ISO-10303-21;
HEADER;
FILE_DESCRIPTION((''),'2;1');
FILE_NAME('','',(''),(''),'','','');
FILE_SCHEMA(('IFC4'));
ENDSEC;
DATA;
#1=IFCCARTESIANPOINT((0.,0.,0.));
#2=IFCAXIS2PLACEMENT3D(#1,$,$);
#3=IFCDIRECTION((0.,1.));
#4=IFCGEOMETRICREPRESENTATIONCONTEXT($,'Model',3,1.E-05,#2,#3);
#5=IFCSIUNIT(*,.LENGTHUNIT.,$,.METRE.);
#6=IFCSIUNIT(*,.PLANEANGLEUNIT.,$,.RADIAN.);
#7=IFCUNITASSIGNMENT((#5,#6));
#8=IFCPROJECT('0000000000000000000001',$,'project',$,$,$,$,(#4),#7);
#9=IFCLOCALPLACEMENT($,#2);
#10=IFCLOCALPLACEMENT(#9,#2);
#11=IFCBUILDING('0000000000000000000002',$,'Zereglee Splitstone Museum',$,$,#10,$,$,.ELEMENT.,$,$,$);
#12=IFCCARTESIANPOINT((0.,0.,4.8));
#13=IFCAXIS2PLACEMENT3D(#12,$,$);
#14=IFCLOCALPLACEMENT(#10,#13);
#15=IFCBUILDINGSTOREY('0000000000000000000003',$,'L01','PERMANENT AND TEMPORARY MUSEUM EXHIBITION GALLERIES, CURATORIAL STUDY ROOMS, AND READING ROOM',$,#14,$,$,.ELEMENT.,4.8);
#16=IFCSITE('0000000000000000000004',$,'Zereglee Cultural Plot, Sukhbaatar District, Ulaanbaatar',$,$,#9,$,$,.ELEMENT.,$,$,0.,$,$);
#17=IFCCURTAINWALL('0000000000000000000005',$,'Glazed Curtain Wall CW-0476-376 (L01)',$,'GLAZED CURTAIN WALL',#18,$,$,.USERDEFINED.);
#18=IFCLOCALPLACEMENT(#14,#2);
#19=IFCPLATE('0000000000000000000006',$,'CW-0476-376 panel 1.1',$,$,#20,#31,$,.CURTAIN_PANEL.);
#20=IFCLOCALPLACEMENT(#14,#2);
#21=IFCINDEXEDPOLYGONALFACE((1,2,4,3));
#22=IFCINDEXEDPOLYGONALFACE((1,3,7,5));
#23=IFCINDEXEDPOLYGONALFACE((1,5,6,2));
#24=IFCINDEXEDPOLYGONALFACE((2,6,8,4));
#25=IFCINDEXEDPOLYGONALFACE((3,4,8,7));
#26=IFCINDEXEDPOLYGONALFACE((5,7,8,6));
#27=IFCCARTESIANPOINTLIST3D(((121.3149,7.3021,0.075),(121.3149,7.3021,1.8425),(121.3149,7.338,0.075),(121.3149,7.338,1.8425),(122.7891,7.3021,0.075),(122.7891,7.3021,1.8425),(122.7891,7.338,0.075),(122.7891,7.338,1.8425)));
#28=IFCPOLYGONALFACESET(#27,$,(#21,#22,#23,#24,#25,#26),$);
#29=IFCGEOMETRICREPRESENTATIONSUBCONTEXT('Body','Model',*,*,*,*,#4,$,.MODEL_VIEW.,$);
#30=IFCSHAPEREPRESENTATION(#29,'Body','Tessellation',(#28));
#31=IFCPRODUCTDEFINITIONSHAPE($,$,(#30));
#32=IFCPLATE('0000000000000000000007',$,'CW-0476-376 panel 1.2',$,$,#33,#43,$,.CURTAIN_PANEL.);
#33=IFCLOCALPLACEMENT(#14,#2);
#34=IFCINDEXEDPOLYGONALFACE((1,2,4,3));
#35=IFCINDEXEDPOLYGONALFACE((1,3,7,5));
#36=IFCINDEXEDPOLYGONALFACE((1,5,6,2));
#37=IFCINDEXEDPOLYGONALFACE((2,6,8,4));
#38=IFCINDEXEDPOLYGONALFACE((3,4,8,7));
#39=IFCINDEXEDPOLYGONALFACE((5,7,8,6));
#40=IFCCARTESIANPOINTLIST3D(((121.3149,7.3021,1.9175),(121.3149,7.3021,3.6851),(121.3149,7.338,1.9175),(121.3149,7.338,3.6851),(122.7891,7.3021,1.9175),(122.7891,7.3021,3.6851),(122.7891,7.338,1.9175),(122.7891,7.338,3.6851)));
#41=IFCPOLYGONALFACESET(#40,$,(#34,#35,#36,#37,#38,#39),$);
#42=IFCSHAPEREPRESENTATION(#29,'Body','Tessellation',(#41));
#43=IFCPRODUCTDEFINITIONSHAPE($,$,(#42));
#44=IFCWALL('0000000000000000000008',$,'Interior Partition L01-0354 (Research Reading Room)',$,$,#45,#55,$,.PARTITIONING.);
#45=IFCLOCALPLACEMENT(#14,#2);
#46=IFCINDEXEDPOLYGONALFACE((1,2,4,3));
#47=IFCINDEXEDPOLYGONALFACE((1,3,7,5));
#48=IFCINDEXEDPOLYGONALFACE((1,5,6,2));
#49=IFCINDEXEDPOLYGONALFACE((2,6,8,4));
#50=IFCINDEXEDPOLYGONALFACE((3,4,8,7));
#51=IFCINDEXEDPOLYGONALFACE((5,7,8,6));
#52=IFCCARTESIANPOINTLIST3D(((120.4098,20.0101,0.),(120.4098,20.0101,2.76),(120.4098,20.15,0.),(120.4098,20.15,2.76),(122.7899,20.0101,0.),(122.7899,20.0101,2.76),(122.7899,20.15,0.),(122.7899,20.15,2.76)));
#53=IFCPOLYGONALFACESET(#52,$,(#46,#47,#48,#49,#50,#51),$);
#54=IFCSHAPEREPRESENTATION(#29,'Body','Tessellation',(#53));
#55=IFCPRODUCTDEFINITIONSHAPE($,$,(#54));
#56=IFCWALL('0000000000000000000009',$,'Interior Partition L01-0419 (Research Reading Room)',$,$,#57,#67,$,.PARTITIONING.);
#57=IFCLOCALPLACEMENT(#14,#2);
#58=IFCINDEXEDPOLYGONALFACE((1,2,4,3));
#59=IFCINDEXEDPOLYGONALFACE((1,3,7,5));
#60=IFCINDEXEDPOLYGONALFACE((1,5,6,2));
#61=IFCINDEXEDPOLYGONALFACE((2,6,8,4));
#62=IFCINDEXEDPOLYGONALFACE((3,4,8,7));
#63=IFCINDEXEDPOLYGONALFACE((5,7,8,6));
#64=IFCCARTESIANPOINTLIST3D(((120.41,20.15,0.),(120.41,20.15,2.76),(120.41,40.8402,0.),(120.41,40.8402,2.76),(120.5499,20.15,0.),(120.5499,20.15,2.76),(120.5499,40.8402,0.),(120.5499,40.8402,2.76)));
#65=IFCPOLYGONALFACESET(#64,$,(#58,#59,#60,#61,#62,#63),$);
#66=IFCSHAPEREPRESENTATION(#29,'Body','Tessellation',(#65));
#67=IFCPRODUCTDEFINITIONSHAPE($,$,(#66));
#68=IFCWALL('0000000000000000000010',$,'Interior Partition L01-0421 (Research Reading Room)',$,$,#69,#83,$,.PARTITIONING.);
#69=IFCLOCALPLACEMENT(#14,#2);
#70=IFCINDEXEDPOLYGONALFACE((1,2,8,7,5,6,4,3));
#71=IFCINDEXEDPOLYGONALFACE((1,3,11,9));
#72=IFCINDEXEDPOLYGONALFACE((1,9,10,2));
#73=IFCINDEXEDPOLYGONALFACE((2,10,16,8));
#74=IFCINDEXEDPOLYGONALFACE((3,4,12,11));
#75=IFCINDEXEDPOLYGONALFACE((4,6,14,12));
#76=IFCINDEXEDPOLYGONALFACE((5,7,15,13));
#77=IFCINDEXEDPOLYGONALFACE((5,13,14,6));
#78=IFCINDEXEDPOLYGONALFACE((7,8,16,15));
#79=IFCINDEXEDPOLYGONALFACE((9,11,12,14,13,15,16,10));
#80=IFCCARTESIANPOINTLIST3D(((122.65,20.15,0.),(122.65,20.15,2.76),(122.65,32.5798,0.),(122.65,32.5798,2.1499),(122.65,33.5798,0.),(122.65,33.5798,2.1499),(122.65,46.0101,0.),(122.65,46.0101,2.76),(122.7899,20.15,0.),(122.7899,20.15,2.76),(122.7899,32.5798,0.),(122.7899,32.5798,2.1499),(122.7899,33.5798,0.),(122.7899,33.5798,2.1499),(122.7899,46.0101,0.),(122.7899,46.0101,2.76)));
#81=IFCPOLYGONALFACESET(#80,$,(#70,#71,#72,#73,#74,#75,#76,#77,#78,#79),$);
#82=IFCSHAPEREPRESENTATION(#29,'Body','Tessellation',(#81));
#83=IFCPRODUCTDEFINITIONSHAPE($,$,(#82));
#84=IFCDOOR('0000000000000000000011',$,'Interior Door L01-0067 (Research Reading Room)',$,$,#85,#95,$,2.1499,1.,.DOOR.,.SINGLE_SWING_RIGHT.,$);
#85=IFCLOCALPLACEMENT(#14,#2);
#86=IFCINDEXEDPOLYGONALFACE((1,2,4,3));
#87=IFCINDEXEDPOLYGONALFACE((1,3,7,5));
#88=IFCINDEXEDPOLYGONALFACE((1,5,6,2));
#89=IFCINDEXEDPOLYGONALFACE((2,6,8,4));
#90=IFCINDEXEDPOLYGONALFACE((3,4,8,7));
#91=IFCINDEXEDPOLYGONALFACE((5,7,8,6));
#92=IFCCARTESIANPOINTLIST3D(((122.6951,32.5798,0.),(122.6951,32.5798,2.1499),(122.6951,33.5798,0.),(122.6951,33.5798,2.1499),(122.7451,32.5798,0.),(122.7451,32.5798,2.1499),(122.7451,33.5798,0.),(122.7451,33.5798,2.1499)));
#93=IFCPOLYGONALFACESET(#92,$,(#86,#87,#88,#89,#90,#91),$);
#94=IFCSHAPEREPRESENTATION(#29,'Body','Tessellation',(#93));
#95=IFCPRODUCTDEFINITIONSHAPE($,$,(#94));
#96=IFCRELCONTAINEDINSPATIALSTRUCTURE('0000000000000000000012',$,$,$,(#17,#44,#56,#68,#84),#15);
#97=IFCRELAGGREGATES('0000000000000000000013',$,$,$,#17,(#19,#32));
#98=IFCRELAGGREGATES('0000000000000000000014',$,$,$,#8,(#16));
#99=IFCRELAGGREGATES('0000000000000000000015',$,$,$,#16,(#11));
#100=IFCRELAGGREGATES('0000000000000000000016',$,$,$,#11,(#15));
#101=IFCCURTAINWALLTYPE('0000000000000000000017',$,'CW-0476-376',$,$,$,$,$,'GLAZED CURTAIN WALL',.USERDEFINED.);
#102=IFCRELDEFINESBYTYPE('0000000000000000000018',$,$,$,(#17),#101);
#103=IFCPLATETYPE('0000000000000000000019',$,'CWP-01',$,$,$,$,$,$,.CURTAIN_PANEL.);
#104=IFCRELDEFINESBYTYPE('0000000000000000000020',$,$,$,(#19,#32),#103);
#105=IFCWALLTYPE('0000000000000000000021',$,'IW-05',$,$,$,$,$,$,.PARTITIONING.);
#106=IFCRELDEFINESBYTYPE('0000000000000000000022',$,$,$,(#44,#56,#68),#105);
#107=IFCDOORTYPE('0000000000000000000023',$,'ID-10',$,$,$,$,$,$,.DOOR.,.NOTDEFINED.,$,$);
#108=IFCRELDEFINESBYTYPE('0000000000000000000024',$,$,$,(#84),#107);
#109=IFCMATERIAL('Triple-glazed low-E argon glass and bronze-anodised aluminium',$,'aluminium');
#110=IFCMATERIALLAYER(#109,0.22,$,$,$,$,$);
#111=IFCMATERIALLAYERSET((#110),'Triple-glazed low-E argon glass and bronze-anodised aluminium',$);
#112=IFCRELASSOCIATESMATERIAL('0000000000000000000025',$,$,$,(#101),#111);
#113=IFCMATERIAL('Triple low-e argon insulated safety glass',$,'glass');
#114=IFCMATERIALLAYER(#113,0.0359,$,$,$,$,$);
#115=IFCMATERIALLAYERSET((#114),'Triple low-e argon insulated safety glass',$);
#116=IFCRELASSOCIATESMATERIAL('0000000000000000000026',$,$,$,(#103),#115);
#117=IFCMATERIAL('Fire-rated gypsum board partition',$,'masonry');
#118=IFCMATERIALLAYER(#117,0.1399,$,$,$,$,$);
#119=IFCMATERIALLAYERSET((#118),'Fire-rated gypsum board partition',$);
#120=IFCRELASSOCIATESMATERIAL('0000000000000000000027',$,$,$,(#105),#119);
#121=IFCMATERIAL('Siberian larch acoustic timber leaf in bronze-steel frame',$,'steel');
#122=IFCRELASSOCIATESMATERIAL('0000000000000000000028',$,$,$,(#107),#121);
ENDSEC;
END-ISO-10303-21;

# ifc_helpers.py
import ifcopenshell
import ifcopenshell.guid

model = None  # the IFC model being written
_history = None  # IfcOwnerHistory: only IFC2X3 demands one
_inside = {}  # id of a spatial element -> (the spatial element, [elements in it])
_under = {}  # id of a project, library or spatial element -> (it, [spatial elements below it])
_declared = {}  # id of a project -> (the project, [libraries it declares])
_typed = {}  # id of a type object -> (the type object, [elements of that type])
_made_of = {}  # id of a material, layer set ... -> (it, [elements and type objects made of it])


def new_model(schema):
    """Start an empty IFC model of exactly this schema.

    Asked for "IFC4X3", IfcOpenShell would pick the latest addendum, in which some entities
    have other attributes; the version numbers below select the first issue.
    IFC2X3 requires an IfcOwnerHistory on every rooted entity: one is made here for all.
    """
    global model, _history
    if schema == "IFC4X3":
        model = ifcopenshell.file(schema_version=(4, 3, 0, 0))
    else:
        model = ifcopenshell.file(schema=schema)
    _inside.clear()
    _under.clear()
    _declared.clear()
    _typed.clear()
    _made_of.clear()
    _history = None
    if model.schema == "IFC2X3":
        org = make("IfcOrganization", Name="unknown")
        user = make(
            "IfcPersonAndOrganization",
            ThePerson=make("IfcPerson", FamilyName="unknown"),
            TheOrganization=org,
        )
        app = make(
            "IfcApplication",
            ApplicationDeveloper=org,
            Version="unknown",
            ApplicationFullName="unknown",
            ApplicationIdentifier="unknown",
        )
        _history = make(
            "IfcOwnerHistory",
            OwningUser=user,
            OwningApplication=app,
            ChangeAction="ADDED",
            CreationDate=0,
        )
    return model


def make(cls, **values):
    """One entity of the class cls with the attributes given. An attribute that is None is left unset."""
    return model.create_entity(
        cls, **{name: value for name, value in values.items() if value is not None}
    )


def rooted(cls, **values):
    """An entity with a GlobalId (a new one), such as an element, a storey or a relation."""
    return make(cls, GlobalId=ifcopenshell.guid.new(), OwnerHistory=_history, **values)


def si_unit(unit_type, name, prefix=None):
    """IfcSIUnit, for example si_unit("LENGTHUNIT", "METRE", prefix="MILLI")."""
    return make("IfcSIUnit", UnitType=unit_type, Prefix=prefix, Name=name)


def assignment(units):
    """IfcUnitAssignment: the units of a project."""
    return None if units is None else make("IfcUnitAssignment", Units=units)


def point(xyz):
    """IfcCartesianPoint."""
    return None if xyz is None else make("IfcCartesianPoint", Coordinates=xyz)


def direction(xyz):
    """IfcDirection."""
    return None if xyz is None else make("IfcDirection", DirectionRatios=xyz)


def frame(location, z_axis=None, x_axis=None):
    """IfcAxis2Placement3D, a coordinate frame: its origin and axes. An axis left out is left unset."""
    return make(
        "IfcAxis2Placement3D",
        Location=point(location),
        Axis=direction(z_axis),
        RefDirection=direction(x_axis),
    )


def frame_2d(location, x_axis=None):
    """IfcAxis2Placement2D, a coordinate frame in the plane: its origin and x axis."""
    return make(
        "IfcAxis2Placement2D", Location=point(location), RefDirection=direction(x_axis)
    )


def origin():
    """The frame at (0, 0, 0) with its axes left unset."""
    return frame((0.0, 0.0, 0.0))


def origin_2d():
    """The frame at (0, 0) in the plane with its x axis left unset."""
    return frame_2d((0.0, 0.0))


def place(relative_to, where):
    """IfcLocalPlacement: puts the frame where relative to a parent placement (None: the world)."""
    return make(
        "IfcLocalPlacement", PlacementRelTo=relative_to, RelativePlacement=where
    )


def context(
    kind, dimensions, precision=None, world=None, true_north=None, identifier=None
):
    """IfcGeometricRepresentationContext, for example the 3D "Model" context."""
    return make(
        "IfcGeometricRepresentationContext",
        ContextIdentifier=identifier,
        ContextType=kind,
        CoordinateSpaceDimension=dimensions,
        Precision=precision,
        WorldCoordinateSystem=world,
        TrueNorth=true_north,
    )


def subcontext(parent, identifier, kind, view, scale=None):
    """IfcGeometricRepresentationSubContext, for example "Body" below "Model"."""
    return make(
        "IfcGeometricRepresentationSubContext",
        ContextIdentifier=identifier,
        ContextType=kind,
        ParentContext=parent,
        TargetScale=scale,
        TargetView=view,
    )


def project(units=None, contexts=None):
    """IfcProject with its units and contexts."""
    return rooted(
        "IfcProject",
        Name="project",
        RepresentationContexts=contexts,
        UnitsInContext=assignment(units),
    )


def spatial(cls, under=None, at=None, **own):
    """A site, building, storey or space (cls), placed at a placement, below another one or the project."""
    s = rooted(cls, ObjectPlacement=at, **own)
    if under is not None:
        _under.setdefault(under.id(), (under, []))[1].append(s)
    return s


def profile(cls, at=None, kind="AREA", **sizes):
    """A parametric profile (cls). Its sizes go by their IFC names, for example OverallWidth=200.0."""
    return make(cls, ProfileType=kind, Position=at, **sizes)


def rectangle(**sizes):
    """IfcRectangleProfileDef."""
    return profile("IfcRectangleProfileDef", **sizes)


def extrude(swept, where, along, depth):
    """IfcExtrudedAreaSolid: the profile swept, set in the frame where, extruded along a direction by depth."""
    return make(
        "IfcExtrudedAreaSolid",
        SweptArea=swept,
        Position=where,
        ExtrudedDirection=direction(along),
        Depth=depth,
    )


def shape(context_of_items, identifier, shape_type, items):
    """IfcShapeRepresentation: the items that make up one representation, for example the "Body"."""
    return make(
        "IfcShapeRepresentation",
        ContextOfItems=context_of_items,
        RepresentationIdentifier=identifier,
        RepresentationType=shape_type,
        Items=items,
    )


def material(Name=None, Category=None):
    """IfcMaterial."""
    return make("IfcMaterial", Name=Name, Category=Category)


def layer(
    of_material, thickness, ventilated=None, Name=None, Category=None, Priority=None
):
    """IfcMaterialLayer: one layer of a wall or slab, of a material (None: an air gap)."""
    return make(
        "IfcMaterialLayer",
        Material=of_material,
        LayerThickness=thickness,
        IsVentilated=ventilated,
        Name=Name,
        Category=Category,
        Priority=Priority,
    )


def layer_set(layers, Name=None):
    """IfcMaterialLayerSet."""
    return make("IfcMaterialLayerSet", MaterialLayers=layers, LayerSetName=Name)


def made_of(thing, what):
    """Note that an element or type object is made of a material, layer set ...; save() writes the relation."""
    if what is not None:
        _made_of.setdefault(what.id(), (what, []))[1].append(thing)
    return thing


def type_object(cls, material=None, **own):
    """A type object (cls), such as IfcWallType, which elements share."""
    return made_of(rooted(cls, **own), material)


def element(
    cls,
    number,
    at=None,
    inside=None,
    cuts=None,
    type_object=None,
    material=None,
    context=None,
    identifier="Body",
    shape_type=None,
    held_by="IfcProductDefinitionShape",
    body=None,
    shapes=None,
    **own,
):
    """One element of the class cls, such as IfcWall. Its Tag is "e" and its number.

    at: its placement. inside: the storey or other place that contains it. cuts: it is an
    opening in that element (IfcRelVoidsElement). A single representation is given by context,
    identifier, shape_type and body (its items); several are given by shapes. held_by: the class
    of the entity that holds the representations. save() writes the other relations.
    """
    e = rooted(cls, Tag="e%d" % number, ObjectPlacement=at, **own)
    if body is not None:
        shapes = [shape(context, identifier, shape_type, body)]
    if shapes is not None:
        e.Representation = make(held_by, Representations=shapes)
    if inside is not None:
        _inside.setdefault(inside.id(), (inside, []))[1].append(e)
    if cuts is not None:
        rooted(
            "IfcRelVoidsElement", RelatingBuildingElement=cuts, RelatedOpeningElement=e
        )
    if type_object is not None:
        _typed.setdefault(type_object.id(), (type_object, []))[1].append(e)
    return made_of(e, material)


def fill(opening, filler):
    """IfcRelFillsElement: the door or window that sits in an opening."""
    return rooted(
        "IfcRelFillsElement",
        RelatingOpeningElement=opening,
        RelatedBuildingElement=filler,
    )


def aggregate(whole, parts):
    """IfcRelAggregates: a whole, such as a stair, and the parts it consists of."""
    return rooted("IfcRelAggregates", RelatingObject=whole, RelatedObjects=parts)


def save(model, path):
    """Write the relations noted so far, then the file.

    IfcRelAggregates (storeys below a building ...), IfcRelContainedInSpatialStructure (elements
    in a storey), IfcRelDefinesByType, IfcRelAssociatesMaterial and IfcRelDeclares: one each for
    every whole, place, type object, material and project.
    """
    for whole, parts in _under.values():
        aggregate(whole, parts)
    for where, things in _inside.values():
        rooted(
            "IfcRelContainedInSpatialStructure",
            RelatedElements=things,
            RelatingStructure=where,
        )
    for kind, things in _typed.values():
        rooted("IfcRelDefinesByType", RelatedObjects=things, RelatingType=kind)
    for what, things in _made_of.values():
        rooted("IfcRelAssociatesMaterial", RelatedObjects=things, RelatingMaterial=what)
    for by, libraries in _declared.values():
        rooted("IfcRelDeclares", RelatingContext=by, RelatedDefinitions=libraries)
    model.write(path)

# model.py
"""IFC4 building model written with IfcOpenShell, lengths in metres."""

from ifc_helpers import new_model, si_unit, direction, frame, frame_2d, origin, origin_2d, place, context, subcontext, project, spatial, rectangle, extrude, material, layer, layer_set, type_object, element, fill, aggregate, save


model = new_model("IFC4")

# Units and contexts
model_context = context("Model", 3, precision=1e-05, world=origin(), true_north=direction((0.0, 1.0)))
body_context = subcontext(model_context, "Body", "Model", "MODEL_VIEW")
ifc_project = project(units=[si_unit("LENGTHUNIT", "METRE"), si_unit("PLANEANGLEUNIT", "RADIAN")], contexts=[model_context])

# Site, building, storey
site_placement = place(None, origin())
site = spatial("IfcSite", under=ifc_project, at=site_placement, Name="Zereglee Cultural Plot, Sukhbaatar District, Ulaanbaatar", CompositionType="ELEMENT", RefElevation=0.0)
building_placement = place(site_placement, origin())
building = spatial("IfcBuilding", under=site, at=building_placement, Name="Zereglee Splitstone Museum", CompositionType="ELEMENT")
storey_placement = place(building_placement, frame((0.0, 0.0, 4.8)))
storey = spatial("IfcBuildingStorey", under=building, at=storey_placement, Name="L01", Description="PERMANENT AND TEMPORARY MUSEUM EXHIBITION GALLERIES, CURATORIAL STUDY ROOMS, AND READING ROOM", CompositionType="ELEMENT", Elevation=4.8)

# Shared definitions
ifc_material_1 = material(Name="Triple-glazed low-E argon glass and bronze-anodised aluminium", Category="aluminium")

# Curtain wall
ifc_layer_1 = layer(ifc_material_1, 0.22)
ifc_layer_set_1 = layer_set([ifc_layer_1], Name="Triple-glazed low-E argon glass and bronze-anodised aluminium")
curtain_wall_type_1 = type_object("IfcCurtainWallType", Name="CW-0476-376", ElementType="GLAZED CURTAIN WALL", PredefinedType="USERDEFINED", material=ifc_layer_set_1)
curtain_wall_1_placement = place(storey_placement, origin())
curtain_wall_1 = element("IfcCurtainWall", 1, at=curtain_wall_1_placement, inside=storey, type_object=curtain_wall_type_1, Name="Glazed Curtain Wall CW-0476-376 (L01)", ObjectType="GLAZED CURTAIN WALL", PredefinedType="USERDEFINED")

# Plates
ifc_material_2 = material(Name="Triple low-e argon insulated safety glass", Category="glass")
ifc_layer_2 = layer(ifc_material_2, 0.0359)
ifc_layer_set_2 = layer_set([ifc_layer_2], Name="Triple low-e argon insulated safety glass")
plate_type = type_object("IfcPlateType", Name="CWP-01", PredefinedType="CURTAIN_PANEL", material=ifc_layer_set_2)
plate_1_placement = place(storey_placement, frame((122.052, 7.3201, 0.075), z_axis=(0.0, 0.0, 1.0), x_axis=(1.0, 0.0, 0.0)))
plate_1 = element("IfcPlate", 2, at=plate_1_placement, type_object=plate_type, Name="CW-0476-376 panel 1.1", PredefinedType="CURTAIN_PANEL", context=body_context, shape_type="SweptSolid", body=[
    extrude(rectangle(XDim=1.4741, YDim=0.0359, at=origin_2d()), origin(), (0.0, 0.0, 1.0), 1.7676),
])
plate_2_placement = place(storey_placement, frame((122.052, 7.3201, 1.9175), z_axis=(0.0, 0.0, 1.0), x_axis=(1.0, 0.0, 0.0)))
plate_2 = element("IfcPlate", 3, at=plate_2_placement, type_object=plate_type, Name="CW-0476-376 panel 1.2", PredefinedType="CURTAIN_PANEL", context=body_context, shape_type="SweptSolid", body=[
    extrude(rectangle(XDim=1.4741, YDim=0.0359, at=origin_2d()), origin(), (0.0, 0.0, 1.0), 1.7676),
])
aggregate(curtain_wall_1, [plate_1, plate_2])

# Walls
ifc_material_3 = material(Name="Fire-rated gypsum board partition", Category="masonry")
ifc_layer_3 = layer(ifc_material_3, 0.1399)
ifc_layer_set_3 = layer_set([ifc_layer_3], Name="Fire-rated gypsum board partition")
wall_type = type_object("IfcWallType", Name="IW-05", PredefinedType="PARTITIONING", material=ifc_layer_set_3)
wall_1_placement = place(storey_placement, frame((120.4099, 20.0801, 0.0), z_axis=(0.0, 0.0, 1.0), x_axis=(1.0, 0.0, 0.0)))
element("IfcWall", 4, at=wall_1_placement, inside=storey, type_object=wall_type, Name="Interior Partition L01-0354 (Research Reading Room)", PredefinedType="PARTITIONING", context=body_context, shape_type="SweptSolid", body=[
    extrude(rectangle(XDim=2.3801, YDim=0.1399, at=frame_2d((1.1899, 0.0))), origin(), (0.0, 0.0, 1.0), 2.76),
])
wall_2_placement = place(storey_placement, frame((120.48, 20.1499, 0.0), z_axis=(0.0, 0.0, 1.0), x_axis=(0.0, 1.0, 0.0)))
element("IfcWall", 5, at=wall_2_placement, inside=storey, type_object=wall_type, Name="Interior Partition L01-0419 (Research Reading Room)", PredefinedType="PARTITIONING", context=body_context, shape_type="SweptSolid", body=[
    extrude(rectangle(XDim=20.6902, YDim=0.1399, at=frame_2d((10.3452, 0.0))), origin(), (0.0, 0.0, 1.0), 2.76),
])

# Wall, opening, door
wall_3_placement = place(storey_placement, frame((122.72, 20.1499, 0.0), z_axis=(0.0, 0.0, 1.0), x_axis=(0.0, 1.0, 0.0)))
wall_3 = element("IfcWall", 6, at=wall_3_placement, inside=storey, type_object=wall_type, Name="Interior Partition L01-0421 (Research Reading Room)", PredefinedType="PARTITIONING", context=body_context, shape_type="SweptSolid", body=[
    extrude(rectangle(XDim=25.8601, YDim=0.1399, at=frame_2d((12.9302, 0.0))), origin(), (0.0, 0.0, 1.0), 2.76),
])
opening_placement = place(wall_3_placement, frame((12.4299, 0.0, 0.0)))
opening = element("IfcOpeningElement", 7, at=opening_placement, cuts=wall_3, PredefinedType="OPENING", context=body_context, shape_type="SweptSolid", body=[
    extrude(rectangle(XDim=1.0, YDim=2.1499, at=frame_2d((0.5, 1.075))), frame((0.0, 0.085, 0.0), z_axis=(0.0, -1.0, 0.0), x_axis=(1.0, 0.0, 0.0)), (0.0, 0.0, 1.0), 0.1697),
])
ifc_material_4 = material(Name="Siberian larch acoustic timber leaf in bronze-steel frame", Category="steel")
door_type = type_object("IfcDoorType", Name="ID-10", OperationType="NOTDEFINED", PredefinedType="DOOR", material=ifc_material_4)
door_placement = place(opening_placement, origin())
door = element("IfcDoor", 8, at=door_placement, inside=storey, type_object=door_type, Name="Interior Door L01-0067 (Research Reading Room)", OperationType="SINGLE_SWING_RIGHT", OverallHeight=2.1499, OverallWidth=1.0, PredefinedType="DOOR", context=body_context, shape_type="SweptSolid", body=[
    extrude(rectangle(XDim=1.0, YDim=2.1499, at=frame_2d((0.5, 1.075))), frame((0.0, 0.0249, 0.0), z_axis=(0.0, -1.0, 0.0), x_axis=(1.0, 0.0, 0.0)), (0.0, 0.0, 1.0), 0.05),
])
fill(opening, door)

save(model, "model.ifc")
